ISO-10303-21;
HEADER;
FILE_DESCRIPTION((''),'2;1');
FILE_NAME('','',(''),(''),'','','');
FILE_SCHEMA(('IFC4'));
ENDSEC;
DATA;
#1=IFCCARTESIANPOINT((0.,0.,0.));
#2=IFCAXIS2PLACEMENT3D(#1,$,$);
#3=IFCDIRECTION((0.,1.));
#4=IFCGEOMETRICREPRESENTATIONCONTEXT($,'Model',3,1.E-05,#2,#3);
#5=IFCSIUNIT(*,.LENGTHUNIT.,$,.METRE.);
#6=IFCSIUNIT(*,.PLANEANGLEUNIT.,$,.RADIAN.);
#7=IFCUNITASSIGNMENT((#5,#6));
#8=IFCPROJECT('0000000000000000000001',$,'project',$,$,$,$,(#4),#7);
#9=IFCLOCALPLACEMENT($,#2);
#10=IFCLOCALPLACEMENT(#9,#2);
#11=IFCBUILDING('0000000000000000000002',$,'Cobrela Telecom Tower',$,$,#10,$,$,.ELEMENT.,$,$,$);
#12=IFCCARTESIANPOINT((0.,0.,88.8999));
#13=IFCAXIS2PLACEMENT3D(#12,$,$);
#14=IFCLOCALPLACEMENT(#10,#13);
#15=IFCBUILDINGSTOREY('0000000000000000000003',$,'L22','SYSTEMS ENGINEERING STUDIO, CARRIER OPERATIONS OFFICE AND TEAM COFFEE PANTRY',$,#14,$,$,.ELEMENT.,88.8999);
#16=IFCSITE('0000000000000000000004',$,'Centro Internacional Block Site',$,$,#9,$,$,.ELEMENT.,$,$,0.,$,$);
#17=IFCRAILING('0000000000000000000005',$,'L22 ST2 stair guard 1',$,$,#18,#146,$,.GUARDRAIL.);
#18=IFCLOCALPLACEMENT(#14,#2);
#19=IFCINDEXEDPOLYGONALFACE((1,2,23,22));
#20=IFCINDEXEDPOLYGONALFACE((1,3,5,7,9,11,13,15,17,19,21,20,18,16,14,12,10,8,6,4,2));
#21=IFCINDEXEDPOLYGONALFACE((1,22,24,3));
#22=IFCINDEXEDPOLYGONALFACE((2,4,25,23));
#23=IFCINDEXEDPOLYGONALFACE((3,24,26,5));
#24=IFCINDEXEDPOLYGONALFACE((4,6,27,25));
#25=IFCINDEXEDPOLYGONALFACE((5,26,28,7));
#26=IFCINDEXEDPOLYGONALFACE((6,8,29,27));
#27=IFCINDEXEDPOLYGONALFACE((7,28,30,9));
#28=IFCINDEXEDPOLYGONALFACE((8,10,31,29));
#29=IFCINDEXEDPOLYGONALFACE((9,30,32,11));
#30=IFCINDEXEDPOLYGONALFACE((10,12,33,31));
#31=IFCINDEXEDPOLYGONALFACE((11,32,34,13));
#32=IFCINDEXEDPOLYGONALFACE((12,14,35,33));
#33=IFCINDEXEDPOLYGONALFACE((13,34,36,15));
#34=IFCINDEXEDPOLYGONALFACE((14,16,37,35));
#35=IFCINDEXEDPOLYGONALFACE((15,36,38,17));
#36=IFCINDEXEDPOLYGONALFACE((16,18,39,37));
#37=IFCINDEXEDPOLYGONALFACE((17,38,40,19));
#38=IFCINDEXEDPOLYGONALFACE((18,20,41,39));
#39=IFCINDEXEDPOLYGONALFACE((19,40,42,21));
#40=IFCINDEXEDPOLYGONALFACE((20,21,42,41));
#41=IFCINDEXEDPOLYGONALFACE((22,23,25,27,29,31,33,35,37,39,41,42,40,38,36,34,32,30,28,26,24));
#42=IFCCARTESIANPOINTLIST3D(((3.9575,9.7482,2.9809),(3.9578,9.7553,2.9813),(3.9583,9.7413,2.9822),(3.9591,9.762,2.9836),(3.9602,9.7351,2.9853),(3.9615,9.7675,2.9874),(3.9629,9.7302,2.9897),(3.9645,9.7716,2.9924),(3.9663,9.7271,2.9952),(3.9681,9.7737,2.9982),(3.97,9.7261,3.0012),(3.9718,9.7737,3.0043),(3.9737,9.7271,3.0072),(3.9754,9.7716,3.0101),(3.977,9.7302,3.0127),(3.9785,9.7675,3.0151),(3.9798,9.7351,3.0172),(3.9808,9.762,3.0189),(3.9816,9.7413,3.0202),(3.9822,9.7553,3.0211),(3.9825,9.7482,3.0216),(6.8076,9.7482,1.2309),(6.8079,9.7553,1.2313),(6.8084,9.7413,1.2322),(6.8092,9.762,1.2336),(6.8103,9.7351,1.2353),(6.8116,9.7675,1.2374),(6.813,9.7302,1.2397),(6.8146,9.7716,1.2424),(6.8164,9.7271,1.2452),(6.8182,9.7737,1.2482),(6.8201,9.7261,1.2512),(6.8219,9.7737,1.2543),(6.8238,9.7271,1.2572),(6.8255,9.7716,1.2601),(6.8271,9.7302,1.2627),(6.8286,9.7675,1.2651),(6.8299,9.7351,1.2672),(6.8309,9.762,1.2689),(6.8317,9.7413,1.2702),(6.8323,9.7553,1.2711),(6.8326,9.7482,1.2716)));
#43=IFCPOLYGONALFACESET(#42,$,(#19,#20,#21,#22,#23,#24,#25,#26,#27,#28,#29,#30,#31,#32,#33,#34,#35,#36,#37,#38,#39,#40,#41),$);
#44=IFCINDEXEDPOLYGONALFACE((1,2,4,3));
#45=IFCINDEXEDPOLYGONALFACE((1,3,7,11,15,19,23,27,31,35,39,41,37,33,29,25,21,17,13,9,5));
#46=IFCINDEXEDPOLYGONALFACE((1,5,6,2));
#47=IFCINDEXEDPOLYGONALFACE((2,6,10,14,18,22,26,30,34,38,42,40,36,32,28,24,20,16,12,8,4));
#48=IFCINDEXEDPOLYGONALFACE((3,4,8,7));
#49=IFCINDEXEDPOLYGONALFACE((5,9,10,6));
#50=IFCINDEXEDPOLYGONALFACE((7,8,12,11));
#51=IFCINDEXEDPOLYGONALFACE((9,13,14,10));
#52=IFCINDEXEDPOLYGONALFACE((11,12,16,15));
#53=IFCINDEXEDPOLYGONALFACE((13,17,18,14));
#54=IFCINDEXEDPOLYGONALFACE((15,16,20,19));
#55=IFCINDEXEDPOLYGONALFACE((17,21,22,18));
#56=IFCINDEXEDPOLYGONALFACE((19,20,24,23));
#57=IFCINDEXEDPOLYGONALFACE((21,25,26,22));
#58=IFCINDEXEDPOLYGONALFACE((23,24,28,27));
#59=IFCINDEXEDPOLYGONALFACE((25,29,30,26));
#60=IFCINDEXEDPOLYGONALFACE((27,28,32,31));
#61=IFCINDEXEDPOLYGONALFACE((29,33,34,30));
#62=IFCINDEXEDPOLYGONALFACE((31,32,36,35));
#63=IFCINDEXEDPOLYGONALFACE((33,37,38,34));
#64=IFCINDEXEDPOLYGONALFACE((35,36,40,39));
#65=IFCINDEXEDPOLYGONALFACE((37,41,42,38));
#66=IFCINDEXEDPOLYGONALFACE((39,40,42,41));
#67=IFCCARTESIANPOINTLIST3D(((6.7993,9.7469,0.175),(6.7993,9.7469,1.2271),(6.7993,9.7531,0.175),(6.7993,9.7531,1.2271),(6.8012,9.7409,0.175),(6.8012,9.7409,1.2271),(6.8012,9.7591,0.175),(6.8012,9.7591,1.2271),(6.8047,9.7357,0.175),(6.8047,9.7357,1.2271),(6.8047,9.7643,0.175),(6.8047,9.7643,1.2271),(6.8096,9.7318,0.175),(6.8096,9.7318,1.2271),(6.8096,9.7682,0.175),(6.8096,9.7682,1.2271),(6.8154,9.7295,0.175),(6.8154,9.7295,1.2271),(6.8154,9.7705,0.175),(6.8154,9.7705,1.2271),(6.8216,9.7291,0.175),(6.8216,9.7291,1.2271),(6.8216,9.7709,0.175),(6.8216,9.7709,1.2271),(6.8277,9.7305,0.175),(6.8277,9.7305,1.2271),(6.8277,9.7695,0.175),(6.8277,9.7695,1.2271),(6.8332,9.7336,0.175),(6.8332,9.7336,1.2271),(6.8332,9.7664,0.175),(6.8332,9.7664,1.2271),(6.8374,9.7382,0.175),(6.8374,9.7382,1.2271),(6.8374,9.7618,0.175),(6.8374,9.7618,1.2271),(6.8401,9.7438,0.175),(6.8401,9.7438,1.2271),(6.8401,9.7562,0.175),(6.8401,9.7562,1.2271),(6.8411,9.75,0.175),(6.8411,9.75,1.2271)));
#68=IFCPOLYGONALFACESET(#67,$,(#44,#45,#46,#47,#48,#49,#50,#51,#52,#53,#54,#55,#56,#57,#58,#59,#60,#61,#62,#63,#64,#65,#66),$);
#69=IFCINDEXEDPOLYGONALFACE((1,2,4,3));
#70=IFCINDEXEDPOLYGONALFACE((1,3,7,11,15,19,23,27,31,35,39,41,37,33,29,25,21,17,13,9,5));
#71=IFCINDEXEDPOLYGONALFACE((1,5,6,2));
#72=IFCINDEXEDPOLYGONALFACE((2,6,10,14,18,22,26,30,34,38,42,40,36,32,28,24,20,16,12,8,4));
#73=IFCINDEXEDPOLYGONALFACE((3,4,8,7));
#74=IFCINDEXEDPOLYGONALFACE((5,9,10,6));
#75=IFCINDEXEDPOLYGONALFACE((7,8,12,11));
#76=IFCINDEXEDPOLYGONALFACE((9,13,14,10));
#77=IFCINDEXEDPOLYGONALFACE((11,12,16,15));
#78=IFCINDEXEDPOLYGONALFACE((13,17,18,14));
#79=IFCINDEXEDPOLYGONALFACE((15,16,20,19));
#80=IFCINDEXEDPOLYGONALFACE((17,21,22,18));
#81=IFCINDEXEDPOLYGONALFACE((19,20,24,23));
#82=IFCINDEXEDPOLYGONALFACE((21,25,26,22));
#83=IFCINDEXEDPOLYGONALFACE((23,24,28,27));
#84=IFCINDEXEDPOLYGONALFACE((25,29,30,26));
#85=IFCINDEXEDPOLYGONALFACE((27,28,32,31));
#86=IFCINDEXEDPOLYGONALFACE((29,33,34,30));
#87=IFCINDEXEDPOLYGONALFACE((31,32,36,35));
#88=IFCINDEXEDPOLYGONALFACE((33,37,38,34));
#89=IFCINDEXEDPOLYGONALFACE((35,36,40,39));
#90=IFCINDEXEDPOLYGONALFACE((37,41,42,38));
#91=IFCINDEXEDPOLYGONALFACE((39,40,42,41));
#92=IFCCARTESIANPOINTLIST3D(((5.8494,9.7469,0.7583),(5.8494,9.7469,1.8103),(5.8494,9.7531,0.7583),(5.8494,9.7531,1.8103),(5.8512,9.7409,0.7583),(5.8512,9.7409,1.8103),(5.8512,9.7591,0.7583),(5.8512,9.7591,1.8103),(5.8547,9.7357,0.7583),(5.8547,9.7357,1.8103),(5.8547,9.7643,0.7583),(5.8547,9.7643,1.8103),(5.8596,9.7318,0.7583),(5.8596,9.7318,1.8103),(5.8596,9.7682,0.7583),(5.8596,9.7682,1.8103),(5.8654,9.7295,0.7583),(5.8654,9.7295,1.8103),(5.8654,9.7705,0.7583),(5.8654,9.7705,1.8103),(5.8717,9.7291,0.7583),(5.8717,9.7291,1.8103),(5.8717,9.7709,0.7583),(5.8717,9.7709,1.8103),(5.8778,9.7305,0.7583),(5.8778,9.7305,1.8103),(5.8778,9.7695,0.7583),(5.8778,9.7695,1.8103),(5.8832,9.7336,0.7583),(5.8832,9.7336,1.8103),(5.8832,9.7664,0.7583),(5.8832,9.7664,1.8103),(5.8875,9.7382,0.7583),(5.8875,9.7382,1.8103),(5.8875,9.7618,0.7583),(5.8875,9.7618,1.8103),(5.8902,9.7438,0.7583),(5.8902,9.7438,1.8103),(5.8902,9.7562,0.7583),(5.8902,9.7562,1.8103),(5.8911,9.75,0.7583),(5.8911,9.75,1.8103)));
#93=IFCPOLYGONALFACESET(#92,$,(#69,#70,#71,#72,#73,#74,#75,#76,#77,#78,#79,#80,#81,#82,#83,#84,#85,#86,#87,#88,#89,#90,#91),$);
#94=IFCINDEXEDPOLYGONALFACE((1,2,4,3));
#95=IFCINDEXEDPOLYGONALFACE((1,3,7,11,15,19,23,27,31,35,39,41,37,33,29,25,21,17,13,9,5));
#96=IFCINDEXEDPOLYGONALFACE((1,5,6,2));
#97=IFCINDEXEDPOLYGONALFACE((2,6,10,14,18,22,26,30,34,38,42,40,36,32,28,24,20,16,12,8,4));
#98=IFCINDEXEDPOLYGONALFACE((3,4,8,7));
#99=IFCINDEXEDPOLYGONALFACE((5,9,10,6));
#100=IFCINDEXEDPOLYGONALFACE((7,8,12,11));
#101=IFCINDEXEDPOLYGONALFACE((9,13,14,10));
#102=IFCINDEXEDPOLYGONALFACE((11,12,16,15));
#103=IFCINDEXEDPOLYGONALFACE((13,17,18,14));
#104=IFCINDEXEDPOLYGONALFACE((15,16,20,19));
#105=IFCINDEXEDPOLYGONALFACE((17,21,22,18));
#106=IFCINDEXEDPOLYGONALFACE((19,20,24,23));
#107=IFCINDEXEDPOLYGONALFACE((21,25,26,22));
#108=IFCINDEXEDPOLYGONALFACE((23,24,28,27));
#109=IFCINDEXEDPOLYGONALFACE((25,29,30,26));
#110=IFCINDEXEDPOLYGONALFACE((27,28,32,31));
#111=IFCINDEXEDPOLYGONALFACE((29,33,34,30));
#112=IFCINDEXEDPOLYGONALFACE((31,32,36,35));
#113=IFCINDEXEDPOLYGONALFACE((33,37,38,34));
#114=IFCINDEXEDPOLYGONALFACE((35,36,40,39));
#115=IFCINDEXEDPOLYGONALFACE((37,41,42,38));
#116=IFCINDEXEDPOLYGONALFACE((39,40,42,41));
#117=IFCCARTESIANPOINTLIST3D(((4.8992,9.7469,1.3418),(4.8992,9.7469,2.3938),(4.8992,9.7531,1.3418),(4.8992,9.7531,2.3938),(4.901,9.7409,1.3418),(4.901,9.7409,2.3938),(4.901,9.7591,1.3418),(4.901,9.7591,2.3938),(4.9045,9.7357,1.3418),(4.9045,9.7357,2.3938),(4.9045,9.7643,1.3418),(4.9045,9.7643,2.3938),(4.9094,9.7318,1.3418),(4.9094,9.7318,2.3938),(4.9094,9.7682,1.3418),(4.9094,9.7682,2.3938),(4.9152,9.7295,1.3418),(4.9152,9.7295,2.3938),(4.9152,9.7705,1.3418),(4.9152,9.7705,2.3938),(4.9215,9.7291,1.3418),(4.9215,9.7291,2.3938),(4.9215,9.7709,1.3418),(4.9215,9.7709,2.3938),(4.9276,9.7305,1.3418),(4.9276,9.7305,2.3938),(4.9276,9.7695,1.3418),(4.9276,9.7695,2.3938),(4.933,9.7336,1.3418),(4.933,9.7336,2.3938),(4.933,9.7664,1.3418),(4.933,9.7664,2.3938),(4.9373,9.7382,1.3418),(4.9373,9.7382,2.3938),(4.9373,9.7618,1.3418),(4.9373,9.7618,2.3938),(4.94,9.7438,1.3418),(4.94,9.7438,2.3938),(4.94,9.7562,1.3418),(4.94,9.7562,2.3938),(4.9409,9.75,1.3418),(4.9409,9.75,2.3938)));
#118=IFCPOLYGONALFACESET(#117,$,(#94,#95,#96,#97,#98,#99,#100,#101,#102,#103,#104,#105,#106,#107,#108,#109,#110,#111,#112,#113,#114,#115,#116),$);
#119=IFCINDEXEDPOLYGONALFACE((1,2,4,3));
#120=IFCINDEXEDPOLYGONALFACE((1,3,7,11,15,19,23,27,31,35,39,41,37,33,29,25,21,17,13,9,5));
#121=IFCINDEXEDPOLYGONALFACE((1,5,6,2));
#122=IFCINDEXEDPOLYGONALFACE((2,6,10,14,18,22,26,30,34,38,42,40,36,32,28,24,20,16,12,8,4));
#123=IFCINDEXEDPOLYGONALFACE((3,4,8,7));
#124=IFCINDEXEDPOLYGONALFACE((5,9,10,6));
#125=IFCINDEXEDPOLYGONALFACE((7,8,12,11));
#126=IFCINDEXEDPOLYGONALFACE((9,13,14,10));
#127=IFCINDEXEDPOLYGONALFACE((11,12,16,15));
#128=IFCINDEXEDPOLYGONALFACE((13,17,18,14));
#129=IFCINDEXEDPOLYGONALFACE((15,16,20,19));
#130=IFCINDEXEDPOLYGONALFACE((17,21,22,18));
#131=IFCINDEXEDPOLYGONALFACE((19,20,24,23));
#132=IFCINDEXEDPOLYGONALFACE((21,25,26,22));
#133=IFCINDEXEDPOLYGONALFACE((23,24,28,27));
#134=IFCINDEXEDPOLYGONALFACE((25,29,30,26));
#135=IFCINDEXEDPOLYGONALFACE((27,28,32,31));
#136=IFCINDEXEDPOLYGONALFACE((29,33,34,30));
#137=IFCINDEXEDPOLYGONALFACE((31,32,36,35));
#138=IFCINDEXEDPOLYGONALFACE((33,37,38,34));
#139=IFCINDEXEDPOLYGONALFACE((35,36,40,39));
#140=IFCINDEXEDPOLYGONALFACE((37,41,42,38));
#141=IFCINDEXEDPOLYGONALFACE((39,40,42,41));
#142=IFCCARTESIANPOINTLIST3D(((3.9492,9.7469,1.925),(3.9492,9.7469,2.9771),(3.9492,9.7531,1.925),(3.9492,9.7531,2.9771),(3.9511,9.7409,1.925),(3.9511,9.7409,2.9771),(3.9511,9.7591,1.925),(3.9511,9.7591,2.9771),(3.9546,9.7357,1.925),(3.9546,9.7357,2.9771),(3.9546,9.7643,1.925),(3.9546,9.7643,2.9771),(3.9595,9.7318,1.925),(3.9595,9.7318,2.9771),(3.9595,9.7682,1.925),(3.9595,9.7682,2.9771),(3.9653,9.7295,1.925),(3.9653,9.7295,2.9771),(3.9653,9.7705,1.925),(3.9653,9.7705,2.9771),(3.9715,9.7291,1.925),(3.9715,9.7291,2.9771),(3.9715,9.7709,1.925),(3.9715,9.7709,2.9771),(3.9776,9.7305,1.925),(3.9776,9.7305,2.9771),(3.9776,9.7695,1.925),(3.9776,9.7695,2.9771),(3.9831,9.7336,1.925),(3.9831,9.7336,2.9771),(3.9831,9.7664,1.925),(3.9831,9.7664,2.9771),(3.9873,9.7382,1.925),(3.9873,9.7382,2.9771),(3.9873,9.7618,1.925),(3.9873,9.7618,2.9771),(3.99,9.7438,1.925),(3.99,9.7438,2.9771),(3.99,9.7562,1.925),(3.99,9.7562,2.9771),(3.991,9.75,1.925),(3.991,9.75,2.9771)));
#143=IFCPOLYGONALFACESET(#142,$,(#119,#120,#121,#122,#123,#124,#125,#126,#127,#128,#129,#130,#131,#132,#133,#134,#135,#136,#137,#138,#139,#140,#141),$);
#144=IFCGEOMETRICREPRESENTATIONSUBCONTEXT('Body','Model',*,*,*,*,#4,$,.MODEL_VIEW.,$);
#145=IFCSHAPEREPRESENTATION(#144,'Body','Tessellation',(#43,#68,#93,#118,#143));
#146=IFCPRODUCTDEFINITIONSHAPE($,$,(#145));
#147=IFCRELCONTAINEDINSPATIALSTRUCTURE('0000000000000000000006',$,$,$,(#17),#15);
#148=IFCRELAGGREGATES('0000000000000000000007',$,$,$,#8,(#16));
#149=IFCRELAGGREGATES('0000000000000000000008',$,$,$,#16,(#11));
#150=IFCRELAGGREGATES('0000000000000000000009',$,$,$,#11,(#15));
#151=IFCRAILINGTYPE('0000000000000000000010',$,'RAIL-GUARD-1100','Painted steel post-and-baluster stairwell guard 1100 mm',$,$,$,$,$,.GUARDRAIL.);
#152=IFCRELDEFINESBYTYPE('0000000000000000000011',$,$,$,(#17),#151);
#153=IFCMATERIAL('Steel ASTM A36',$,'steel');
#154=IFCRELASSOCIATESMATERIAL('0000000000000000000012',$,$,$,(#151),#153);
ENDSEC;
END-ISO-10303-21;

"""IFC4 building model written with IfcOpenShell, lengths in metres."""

from ifc_helpers import new_model, si_unit, direction, frame, origin, origin_2d, place, context, subcontext, project, spatial, circle, extrude, material, type_object, element, save


model = new_model("IFC4")

# Units and contexts
model_context = context("Model", 3, precision=1e-05, world=origin(), true_north=direction((0.0, 1.0)))
body_context = subcontext(model_context, "Body", "Model", "MODEL_VIEW")
ifc_project = project(units=[si_unit("LENGTHUNIT", "METRE"), si_unit("PLANEANGLEUNIT", "RADIAN")], contexts=[model_context])

# Site, building, storey
site_placement = place(None, origin())
site = spatial("IfcSite", under=ifc_project, at=site_placement, Name="Centro Internacional Block Site", CompositionType="ELEMENT", RefElevation=0.0)
building_placement = place(site_placement, origin())
building = spatial("IfcBuilding", under=site, at=building_placement, Name="Cobrela Telecom Tower", CompositionType="ELEMENT")
storey_placement = place(building_placement, frame((0.0, 0.0, 88.8999)))
storey = spatial("IfcBuildingStorey", under=building, at=storey_placement, Name="L22", Description="SYSTEMS ENGINEERING STUDIO, CARRIER OPERATIONS OFFICE AND TEAM COFFEE PANTRY", CompositionType="ELEMENT", Elevation=88.8999)

# Railing
ifc_material_1 = material(Name="Steel ASTM A36", Category="steel")
railing_type_1 = type_object("IfcRailingType", Name="RAIL-GUARD-1100", Description="Painted steel post-and-baluster stairwell guard 1100 mm", PredefinedType="GUARDRAIL", material=ifc_material_1)
railing_1_placement = place(storey_placement, frame((6.8201, 9.75, 0.175)))
element("IfcRailing", 1, at=railing_1_placement, inside=storey, type_object=railing_type_1, Name="L22 ST2 stair guard 1", PredefinedType="GUARDRAIL", context=body_context, shape_type="SweptSolid", body=[
    extrude(circle(Radius=0.0239, at=origin_2d()), frame((0.0, 0.0, 1.0762), z_axis=(-0.852179, 0.0, 0.52325), x_axis=(0.0, -1.0, 0.0)), (0.0, 0.0, 1.0), 3.3445),
    extrude(circle(Radius=0.021, at=origin_2d()), origin(), (0.0, 0.0, 1.0), 1.052),
    extrude(circle(Radius=0.021, at=origin_2d()), frame((-0.95, 0.0, 0.5833)), (0.0, 0.0, 1.0), 1.052),
    extrude(circle(Radius=0.021, at=origin_2d()), frame((-1.9001, 0.0, 1.1667)), (0.0, 0.0, 1.0), 1.052),
    extrude(circle(Radius=0.021, at=origin_2d()), frame((-2.8501, 0.0, 1.75)), (0.0, 0.0, 1.0), 1.052),
])

save(model, "model.ifc")
